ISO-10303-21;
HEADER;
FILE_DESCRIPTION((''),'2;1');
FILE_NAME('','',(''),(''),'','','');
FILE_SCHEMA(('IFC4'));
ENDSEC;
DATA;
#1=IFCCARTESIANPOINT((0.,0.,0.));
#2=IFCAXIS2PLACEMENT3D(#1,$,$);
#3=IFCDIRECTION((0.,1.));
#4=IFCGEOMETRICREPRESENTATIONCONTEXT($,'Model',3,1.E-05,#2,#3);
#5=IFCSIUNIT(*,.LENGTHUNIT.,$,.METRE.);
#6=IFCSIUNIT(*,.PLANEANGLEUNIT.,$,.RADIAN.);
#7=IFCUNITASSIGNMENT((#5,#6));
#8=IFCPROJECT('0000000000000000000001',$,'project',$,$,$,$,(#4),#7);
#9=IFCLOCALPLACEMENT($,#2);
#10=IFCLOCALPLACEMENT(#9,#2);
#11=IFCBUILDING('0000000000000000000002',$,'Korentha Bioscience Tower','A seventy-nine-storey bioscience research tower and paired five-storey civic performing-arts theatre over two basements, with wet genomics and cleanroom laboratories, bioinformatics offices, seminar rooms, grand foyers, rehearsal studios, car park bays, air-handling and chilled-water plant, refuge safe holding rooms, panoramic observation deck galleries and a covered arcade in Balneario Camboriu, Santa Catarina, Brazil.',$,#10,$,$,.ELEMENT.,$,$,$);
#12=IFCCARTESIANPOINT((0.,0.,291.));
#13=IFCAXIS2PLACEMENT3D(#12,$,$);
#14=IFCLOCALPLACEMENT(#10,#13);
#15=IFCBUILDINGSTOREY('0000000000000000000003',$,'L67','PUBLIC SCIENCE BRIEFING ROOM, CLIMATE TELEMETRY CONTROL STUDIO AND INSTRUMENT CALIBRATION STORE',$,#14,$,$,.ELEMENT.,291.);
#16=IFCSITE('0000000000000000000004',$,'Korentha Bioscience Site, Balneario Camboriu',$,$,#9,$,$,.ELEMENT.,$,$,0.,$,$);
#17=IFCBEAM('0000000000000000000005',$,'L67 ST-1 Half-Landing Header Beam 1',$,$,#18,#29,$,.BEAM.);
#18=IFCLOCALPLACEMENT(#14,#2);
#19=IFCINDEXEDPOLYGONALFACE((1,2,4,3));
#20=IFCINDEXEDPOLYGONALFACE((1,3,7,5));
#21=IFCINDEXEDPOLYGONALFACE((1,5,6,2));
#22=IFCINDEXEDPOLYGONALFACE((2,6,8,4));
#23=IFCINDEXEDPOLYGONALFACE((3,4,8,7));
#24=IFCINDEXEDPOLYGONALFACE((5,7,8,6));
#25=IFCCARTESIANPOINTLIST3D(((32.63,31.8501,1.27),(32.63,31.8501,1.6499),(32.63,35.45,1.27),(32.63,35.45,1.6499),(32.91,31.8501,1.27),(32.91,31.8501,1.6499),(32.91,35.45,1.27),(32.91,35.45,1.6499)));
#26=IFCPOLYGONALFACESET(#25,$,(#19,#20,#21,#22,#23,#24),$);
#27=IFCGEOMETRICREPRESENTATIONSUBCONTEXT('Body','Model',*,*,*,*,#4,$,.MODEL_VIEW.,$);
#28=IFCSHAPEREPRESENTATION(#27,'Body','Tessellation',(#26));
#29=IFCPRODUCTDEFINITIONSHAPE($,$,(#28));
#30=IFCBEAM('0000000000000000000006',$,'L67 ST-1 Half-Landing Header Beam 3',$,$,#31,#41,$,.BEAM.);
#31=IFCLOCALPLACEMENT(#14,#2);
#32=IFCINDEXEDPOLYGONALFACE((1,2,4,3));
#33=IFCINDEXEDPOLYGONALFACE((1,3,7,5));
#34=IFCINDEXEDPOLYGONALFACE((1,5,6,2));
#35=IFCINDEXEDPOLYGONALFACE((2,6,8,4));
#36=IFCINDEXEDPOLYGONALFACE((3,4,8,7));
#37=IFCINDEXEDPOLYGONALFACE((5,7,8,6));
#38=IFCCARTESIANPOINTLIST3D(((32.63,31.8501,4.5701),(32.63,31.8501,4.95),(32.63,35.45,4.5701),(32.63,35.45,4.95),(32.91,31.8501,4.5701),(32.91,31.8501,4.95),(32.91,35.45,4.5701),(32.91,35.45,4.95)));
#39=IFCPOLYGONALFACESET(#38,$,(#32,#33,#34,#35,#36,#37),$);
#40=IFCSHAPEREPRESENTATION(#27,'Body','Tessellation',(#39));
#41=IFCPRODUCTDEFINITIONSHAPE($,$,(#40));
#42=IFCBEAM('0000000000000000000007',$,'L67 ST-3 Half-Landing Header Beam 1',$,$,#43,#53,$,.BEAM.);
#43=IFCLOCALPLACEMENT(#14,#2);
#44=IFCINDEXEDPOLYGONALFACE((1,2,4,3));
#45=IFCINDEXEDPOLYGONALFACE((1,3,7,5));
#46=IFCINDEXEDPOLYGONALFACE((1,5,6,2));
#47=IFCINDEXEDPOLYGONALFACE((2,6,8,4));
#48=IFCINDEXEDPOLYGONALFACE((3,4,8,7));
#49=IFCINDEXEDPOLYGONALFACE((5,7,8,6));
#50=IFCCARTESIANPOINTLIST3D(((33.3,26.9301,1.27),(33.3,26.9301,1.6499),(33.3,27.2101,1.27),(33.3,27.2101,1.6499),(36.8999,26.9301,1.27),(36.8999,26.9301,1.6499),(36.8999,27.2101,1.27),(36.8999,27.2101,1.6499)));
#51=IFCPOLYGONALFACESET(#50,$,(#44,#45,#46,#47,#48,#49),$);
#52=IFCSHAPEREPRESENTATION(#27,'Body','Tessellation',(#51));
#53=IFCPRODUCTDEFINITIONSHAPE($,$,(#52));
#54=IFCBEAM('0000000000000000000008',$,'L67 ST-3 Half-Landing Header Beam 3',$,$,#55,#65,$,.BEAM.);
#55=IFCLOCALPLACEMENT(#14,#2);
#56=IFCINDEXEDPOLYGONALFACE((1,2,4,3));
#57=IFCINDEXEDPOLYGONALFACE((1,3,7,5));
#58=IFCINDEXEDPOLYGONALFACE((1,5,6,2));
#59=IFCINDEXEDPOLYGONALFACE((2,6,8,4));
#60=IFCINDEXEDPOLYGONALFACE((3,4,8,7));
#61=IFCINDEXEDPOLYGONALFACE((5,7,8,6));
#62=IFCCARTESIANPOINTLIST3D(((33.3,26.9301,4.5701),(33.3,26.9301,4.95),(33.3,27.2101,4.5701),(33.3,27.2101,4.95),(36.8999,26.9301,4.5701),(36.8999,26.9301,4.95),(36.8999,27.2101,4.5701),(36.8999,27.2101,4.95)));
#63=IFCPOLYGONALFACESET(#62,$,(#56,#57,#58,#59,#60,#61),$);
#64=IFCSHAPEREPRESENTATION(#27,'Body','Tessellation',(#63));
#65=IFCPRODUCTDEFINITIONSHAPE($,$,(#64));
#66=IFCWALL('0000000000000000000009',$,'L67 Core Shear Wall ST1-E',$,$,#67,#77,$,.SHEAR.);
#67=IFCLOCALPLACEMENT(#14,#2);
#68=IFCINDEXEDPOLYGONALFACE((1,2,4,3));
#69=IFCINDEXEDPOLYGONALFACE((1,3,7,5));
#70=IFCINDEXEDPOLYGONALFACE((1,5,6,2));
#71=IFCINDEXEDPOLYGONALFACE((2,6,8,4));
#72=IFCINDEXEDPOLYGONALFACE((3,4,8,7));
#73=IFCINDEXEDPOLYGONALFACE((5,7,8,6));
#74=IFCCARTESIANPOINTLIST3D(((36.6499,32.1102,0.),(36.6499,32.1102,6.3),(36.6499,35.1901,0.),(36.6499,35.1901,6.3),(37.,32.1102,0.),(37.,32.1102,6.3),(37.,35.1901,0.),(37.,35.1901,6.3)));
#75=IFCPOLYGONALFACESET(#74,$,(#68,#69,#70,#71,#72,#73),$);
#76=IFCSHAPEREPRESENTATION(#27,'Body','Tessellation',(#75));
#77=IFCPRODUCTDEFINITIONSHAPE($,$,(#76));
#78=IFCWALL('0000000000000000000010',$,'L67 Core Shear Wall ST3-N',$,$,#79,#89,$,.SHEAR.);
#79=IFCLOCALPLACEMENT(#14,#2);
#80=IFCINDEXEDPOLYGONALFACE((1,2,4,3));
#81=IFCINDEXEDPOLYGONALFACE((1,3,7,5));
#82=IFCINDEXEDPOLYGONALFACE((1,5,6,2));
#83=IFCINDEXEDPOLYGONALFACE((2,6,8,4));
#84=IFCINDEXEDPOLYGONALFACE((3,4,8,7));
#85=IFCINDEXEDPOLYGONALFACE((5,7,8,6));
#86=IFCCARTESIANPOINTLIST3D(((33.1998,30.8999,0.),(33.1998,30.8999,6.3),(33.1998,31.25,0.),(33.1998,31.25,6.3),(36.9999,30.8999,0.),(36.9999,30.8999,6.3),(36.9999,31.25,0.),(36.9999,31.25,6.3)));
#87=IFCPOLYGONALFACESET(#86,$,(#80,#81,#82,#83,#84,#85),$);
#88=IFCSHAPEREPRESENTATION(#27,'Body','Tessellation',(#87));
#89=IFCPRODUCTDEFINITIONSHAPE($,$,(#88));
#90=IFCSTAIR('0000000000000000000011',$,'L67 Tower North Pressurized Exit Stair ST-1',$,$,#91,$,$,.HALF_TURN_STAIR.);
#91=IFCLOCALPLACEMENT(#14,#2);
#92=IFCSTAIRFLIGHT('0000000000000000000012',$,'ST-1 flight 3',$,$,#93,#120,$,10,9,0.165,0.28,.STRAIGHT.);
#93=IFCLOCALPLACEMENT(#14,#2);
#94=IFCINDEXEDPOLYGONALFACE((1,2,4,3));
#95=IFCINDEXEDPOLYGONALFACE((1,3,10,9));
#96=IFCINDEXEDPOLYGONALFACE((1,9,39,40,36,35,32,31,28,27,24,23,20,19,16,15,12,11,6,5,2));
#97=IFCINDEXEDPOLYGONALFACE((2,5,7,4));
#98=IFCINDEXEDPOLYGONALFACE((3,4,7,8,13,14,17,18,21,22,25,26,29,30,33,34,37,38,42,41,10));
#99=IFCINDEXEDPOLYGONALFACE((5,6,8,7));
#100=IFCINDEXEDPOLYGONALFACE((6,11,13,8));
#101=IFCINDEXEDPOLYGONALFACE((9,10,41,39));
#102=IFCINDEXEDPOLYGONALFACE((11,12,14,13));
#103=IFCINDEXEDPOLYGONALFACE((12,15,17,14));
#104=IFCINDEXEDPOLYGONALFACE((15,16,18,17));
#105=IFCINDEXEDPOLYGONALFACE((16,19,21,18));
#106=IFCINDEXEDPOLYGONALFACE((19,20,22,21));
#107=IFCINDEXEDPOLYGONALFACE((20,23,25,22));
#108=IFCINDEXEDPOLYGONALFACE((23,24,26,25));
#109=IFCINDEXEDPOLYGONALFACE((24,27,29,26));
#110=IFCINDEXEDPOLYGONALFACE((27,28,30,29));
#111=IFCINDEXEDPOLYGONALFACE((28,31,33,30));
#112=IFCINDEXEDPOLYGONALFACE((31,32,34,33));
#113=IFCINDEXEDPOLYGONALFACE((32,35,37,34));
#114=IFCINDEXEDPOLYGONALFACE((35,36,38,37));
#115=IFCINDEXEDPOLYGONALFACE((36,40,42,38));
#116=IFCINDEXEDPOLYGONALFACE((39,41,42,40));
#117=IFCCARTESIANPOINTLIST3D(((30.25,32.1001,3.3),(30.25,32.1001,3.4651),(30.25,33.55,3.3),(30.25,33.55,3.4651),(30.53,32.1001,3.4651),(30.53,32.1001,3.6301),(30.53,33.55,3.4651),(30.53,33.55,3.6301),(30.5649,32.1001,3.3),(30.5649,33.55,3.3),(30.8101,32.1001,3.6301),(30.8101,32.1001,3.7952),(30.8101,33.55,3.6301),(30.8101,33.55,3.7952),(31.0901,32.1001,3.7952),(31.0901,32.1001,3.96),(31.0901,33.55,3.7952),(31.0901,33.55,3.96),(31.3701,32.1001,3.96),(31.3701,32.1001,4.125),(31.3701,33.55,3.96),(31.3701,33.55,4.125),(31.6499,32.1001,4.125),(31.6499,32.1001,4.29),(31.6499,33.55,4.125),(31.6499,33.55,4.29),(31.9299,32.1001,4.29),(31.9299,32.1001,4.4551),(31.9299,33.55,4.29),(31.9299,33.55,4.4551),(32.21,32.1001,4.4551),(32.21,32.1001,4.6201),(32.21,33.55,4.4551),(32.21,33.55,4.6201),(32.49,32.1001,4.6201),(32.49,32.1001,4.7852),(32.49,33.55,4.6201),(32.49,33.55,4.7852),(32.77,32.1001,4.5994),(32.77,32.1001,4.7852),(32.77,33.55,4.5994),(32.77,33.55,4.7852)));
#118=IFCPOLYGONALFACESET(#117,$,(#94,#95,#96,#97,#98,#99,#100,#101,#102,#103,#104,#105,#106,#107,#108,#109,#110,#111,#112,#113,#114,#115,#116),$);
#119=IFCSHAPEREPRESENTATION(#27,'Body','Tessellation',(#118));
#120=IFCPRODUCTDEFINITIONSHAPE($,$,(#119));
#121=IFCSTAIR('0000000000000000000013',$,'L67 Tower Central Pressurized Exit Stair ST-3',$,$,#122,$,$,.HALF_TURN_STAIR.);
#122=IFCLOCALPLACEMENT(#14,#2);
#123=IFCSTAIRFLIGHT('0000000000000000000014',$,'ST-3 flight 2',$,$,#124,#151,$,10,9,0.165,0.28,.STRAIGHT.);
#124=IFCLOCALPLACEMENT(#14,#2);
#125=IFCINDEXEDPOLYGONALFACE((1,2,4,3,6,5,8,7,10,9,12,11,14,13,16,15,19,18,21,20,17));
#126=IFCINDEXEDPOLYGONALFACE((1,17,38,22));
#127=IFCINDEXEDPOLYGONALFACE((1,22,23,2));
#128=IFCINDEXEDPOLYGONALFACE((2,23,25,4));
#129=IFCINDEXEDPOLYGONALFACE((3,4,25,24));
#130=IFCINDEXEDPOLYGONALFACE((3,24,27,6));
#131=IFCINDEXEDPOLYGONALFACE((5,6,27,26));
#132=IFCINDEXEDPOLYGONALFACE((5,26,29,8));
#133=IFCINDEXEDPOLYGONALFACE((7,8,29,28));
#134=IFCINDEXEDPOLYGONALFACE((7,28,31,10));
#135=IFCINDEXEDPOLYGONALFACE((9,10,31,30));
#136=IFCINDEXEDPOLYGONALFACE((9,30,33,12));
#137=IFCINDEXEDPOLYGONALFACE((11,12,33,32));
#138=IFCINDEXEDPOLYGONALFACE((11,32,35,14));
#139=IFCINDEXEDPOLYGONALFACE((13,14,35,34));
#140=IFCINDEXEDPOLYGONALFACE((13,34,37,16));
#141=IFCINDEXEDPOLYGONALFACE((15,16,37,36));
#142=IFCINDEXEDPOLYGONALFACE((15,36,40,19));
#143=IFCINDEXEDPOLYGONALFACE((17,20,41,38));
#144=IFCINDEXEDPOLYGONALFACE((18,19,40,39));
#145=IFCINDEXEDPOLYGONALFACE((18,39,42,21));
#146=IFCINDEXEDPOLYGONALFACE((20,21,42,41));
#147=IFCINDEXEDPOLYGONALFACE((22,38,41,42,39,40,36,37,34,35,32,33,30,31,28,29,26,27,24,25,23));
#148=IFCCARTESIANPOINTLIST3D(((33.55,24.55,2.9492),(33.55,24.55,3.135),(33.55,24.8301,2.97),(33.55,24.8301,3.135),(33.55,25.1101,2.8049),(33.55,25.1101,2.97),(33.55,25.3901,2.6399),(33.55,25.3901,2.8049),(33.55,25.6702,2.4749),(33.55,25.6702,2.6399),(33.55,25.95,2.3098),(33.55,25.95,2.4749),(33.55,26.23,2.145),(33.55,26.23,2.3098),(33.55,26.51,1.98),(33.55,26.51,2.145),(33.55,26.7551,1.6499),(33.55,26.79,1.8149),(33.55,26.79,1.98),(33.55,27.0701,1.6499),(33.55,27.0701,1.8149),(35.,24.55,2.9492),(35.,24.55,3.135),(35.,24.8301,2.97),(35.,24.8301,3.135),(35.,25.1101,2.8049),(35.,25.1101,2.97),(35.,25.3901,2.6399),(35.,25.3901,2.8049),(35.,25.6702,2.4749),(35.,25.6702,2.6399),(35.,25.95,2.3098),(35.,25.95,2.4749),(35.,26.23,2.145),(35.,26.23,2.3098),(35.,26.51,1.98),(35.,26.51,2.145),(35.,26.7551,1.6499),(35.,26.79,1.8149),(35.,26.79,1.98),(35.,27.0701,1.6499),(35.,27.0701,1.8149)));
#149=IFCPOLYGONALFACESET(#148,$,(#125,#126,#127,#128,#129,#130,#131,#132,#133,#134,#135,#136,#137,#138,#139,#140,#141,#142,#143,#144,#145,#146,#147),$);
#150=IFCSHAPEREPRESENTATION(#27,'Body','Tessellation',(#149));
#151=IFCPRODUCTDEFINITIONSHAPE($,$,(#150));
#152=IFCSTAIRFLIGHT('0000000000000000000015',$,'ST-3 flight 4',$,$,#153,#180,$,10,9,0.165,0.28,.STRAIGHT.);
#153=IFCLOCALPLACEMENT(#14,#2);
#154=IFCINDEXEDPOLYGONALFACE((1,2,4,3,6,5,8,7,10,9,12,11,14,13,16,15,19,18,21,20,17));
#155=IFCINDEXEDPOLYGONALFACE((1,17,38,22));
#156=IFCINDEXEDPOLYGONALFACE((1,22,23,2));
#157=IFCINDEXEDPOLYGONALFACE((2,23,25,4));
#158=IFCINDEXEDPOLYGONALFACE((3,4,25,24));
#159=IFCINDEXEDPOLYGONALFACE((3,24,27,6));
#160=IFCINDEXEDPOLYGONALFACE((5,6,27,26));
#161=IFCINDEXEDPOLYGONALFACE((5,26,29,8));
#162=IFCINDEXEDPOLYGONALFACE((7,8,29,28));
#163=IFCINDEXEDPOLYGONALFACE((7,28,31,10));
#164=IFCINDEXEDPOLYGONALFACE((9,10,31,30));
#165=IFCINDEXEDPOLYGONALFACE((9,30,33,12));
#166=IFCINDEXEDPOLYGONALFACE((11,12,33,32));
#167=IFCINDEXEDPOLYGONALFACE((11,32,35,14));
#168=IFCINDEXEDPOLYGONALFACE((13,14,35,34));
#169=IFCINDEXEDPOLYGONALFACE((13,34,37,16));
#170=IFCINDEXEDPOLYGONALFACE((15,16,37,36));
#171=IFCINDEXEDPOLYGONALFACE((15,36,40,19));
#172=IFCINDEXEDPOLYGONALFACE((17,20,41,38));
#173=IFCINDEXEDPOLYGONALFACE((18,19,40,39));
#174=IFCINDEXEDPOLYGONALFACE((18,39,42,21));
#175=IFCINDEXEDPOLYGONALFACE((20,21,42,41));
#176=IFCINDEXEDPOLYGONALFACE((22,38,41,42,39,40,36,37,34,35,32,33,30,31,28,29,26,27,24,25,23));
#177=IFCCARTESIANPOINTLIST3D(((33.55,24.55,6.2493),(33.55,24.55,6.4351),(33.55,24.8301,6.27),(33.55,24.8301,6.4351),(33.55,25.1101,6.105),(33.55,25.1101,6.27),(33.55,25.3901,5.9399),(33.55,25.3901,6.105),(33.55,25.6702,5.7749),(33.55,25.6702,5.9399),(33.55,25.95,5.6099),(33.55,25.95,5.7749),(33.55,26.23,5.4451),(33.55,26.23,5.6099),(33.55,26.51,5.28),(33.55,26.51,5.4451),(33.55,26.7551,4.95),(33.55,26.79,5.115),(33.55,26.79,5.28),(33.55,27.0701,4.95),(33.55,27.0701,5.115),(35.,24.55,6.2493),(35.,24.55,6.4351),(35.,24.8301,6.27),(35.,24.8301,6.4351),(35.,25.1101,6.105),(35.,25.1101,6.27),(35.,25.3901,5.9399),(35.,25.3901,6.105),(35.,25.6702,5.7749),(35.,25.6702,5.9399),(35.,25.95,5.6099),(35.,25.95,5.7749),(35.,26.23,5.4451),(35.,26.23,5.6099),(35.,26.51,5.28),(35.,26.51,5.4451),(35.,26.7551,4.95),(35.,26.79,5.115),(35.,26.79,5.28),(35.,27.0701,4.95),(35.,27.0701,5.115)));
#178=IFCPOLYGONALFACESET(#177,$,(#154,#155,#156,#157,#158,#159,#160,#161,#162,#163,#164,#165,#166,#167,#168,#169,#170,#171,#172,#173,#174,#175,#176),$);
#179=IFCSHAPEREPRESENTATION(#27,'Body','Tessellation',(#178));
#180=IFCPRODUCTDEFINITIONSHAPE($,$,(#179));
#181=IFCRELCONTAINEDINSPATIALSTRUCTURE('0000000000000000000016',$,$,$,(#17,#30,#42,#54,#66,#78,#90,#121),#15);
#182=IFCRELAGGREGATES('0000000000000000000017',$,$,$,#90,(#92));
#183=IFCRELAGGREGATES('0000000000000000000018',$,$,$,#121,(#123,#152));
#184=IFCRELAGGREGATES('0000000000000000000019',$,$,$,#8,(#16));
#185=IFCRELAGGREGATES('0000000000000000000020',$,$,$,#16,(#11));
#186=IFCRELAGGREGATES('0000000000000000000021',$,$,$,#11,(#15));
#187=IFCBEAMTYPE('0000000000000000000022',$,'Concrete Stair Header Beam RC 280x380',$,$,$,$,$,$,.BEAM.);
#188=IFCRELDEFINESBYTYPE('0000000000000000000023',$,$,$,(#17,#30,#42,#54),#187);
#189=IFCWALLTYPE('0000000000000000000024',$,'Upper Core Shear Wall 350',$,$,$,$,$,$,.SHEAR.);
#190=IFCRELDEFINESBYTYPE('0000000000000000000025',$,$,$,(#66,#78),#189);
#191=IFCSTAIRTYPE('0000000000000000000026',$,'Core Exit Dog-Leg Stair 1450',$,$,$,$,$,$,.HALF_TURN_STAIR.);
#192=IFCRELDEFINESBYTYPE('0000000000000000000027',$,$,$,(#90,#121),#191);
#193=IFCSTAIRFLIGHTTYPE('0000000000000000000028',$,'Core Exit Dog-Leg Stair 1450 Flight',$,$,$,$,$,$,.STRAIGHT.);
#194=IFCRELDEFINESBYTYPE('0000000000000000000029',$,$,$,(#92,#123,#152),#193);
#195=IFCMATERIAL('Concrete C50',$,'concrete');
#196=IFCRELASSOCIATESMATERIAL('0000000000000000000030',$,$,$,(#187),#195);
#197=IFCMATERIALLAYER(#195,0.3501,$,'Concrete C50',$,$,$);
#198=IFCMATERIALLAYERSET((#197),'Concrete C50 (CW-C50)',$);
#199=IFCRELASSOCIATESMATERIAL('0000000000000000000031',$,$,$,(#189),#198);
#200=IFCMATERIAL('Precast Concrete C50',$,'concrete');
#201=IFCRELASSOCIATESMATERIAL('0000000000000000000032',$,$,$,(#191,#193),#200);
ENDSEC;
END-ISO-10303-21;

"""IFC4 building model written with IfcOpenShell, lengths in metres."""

from ifc_helpers import new_model, si_unit, direction, frame, frame_2d, origin, origin_2d, place, context, subcontext, project, spatial, polyline, rectangle, outline, extrude, material, layer, layer_set, material_profile, profile_set, type_object, element, aggregate, save


model = new_model("IFC4")

# Units and contexts
model_context = context("Model", 3, precision=1e-05, world=origin(), true_north=direction((0.0, 1.0)))
body_context = subcontext(model_context, "Body", "Model", "MODEL_VIEW")
ifc_project = project(units=[si_unit("LENGTHUNIT", "METRE"), si_unit("PLANEANGLEUNIT", "RADIAN")], contexts=[model_context])

# Site, building, storey
site_placement = place(None, origin())
site = spatial("IfcSite", under=ifc_project, at=site_placement, Name="Korentha Bioscience Site, Balneario Camboriu", CompositionType="ELEMENT", RefElevation=0.0)
building_placement = place(site_placement, origin())
building = spatial("IfcBuilding", under=site, at=building_placement, Name="Korentha Bioscience Tower", Description="A seventy-nine-storey bioscience research tower and paired five-storey civic performing-arts theatre over two basements, with wet genomics and cleanroom laboratories, bioinformatics offices, seminar rooms, grand foyers, rehearsal studios, car park bays, air-handling and chilled-water plant, refuge safe holding rooms, panoramic observation deck galleries and a covered arcade in Balneario Camboriu, Santa Catarina, Brazil.", CompositionType="ELEMENT")
storey_placement = place(building_placement, frame((0.0, 0.0, 291.0)))
storey = spatial("IfcBuildingStorey", under=building, at=storey_placement, Name="L67", Description="PUBLIC SCIENCE BRIEFING ROOM, CLIMATE TELEMETRY CONTROL STUDIO AND INSTRUMENT CALIBRATION STORE", CompositionType="ELEMENT", Elevation=291.0)

# Beams
ifc_material_1 = material(Name="Concrete C50", Category="concrete")
ifc_material_profile = material_profile(ifc_material_1, rectangle(XDim=0.28, YDim=0.3799, at=origin_2d()), Name="Concrete C50")
ifc_profile_set = profile_set([ifc_material_profile], Name="Concrete C50 (ST-HB380)")
beam_type = type_object("IfcBeamType", Name="Concrete Stair Header Beam RC 280x380", PredefinedType="BEAM", material=ifc_profile_set)
for number, where, z_axis, x_axis, name in (
    (1, (32.77, 31.8501, 1.46), (0.0, 1.0, 0.0), (-1.0, 0.0, 0.0), "L67 ST-1 Half-Landing Header Beam 1"),
    (2, (32.77, 31.8501, 4.76), (0.0, 1.0, 0.0), (-1.0, 0.0, 0.0), "L67 ST-1 Half-Landing Header Beam 3"),
    (3, (36.8999, 27.0701, 1.46), (-1.0, 0.0, 0.0), (0.0, -1.0, 0.0), "L67 ST-3 Half-Landing Header Beam 1"),
    (4, (36.8999, 27.0701, 4.76), (-1.0, 0.0, 0.0), (0.0, -1.0, 0.0), "L67 ST-3 Half-Landing Header Beam 3"),
):
    element("IfcBeam", number, at=place(storey_placement, frame(where, z_axis=z_axis, x_axis=x_axis)), inside=storey, type_object=beam_type, Name=name, PredefinedType="BEAM", context=body_context, shape_type="SweptSolid", body=[
        extrude(rectangle(XDim=0.28, YDim=0.3799, at=origin_2d()), origin(), (0.0, 0.0, 1.0), 3.5999),
    ])

# Walls
ifc_layer = layer(ifc_material_1, 0.3501, Name="Concrete C50")
ifc_layer_set = layer_set([ifc_layer], Name="Concrete C50 (CW-C50)")
wall_type = type_object("IfcWallType", Name="Upper Core Shear Wall 350", PredefinedType="SHEAR", material=ifc_layer_set)
wall_1_placement = place(storey_placement, frame((36.825, 32.1101, 0.0), z_axis=(0.0, 0.0, 1.0), x_axis=(0.0, 1.0, 0.0)))
element("IfcWall", 5, at=wall_1_placement, inside=storey, type_object=wall_type, Name="L67 Core Shear Wall ST1-E", PredefinedType="SHEAR", context=body_context, shape_type="SweptSolid", body=[
    extrude(rectangle(XDim=3.0798, YDim=0.3501, at=frame_2d((1.54, 0.0))), origin(), (0.0, 0.0, 1.0), 6.3),
])
wall_2_placement = place(storey_placement, frame((33.2, 31.075, 0.0), z_axis=(0.0, 0.0, 1.0), x_axis=(1.0, 0.0, 0.0)))
element("IfcWall", 6, at=wall_2_placement, inside=storey, type_object=wall_type, Name="L67 Core Shear Wall ST3-N", PredefinedType="SHEAR", context=body_context, shape_type="SweptSolid", body=[
    extrude(rectangle(XDim=3.8, YDim=0.3501, at=frame_2d((1.8999, 0.0))), origin(), (0.0, 0.0, 1.0), 6.3),
])

# Stair, stair flight
ifc_material_2 = material(Name="Precast Concrete C50", Category="concrete")
stair_type = type_object("IfcStairType", Name="Core Exit Dog-Leg Stair 1450", PredefinedType="HALF_TURN_STAIR", material=ifc_material_2)
stair_1_placement = place(storey_placement, origin())
stair_1 = element("IfcStair", 7, at=stair_1_placement, inside=storey, type_object=stair_type, Name="L67 Tower North Pressurized Exit Stair ST-1", PredefinedType="HALF_TURN_STAIR")
stair_flight_type = type_object("IfcStairFlightType", Name="Core Exit Dog-Leg Stair 1450 Flight", PredefinedType="STRAIGHT", material=ifc_material_2)
stair_flight_1_placement = place(storey_placement, frame((30.25, 32.825, 3.3), z_axis=(0.0, 0.0, 1.0), x_axis=(1.0, 0.0, 0.0)))
stair_flight_1 = element("IfcStairFlight", 8, at=stair_flight_1_placement, type_object=stair_flight_type, Name="ST-1 flight 3", NumberOfRisers=10, NumberOfTreads=9, PredefinedType="STRAIGHT", RiserHeight=0.165, TreadLength=0.28, context=body_context, shape_type="SweptSolid", body=[
    extrude(outline(polyline([(0.0, 0.0), (0.0, 0.165), (0.28, 0.165), (0.28, 0.3301), (0.5601, 0.3301), (0.5601, 0.4951), (0.8401, 0.4951), (0.8401, 0.6599), (1.1201, 0.6599), (1.1201, 0.825), (1.3999, 0.825), (1.3999, 0.99), (1.6799, 0.99), (1.6799, 1.155), (1.96, 1.155), (1.96, 1.3201), (2.24, 1.3201), (2.24, 1.4851), (2.52, 1.4851), (2.52, 1.6499), (2.52, 1.2993), (0.3149, 0.0), (0.0, 0.0)])), frame((0.0, 0.7251, 0.0), z_axis=(0.0, -1.0, 0.0), x_axis=(1.0, 0.0, 0.0)), (0.0, 0.0, 1.0), 1.45),
])
aggregate(stair_1, [stair_flight_1])

# Stair, stair flights
stair_2_placement = place(storey_placement, origin())
stair_2 = element("IfcStair", 9, at=stair_2_placement, inside=storey, type_object=stair_type, Name="L67 Tower Central Pressurized Exit Stair ST-3", PredefinedType="HALF_TURN_STAIR")
stair_flight_2_placement = place(storey_placement, frame((34.2749, 27.0701, 1.6499), z_axis=(0.0, 0.0, 1.0), x_axis=(0.0, -1.0, 0.0)))
stair_flight_2 = element("IfcStairFlight", 10, at=stair_flight_2_placement, type_object=stair_flight_type, Name="ST-3 flight 2", NumberOfRisers=10, NumberOfTreads=9, PredefinedType="STRAIGHT", RiserHeight=0.165, TreadLength=0.28, context=body_context, shape_type="SweptSolid", body=[
    extrude(outline(polyline([(0.0, 0.0), (0.0, 0.165), (0.28, 0.165), (0.28, 0.3301), (0.5601, 0.3301), (0.5601, 0.4951), (0.8401, 0.4951), (0.8401, 0.6599), (1.1201, 0.6599), (1.1201, 0.825), (1.3999, 0.825), (1.3999, 0.99), (1.6799, 0.99), (1.6799, 1.155), (1.96, 1.155), (1.96, 1.3201), (2.24, 1.3201), (2.24, 1.4851), (2.52, 1.4851), (2.52, 1.6499), (2.52, 1.2993), (0.3149, 0.0), (0.0, 0.0)])), frame((0.0, 0.7251, 0.0), z_axis=(0.0, -1.0, 0.0), x_axis=(1.0, 0.0, 0.0)), (0.0, 0.0, 1.0), 1.45),
])
stair_flight_3_placement = place(storey_placement, frame((34.2749, 27.0701, 4.95), z_axis=(0.0, 0.0, 1.0), x_axis=(0.0, -1.0, 0.0)))
stair_flight_3 = element("IfcStairFlight", 11, at=stair_flight_3_placement, type_object=stair_flight_type, Name="ST-3 flight 4", NumberOfRisers=10, NumberOfTreads=9, PredefinedType="STRAIGHT", RiserHeight=0.165, TreadLength=0.28, context=body_context, shape_type="SweptSolid", body=[
    extrude(outline(polyline([(0.0, 0.0), (0.0, 0.165), (0.28, 0.165), (0.28, 0.3301), (0.5601, 0.3301), (0.5601, 0.4951), (0.8401, 0.4951), (0.8401, 0.6599), (1.1201, 0.6599), (1.1201, 0.825), (1.3999, 0.825), (1.3999, 0.99), (1.6799, 0.99), (1.6799, 1.155), (1.96, 1.155), (1.96, 1.3201), (2.24, 1.3201), (2.24, 1.4851), (2.52, 1.4851), (2.52, 1.6499), (2.52, 1.2993), (0.3149, 0.0), (0.0, 0.0)])), frame((0.0, 0.7251, 0.0), z_axis=(0.0, -1.0, 0.0), x_axis=(1.0, 0.0, 0.0)), (0.0, 0.0, 1.0), 1.45),
])
aggregate(stair_2, [stair_flight_2, stair_flight_3])

save(model, "model.ifc")
